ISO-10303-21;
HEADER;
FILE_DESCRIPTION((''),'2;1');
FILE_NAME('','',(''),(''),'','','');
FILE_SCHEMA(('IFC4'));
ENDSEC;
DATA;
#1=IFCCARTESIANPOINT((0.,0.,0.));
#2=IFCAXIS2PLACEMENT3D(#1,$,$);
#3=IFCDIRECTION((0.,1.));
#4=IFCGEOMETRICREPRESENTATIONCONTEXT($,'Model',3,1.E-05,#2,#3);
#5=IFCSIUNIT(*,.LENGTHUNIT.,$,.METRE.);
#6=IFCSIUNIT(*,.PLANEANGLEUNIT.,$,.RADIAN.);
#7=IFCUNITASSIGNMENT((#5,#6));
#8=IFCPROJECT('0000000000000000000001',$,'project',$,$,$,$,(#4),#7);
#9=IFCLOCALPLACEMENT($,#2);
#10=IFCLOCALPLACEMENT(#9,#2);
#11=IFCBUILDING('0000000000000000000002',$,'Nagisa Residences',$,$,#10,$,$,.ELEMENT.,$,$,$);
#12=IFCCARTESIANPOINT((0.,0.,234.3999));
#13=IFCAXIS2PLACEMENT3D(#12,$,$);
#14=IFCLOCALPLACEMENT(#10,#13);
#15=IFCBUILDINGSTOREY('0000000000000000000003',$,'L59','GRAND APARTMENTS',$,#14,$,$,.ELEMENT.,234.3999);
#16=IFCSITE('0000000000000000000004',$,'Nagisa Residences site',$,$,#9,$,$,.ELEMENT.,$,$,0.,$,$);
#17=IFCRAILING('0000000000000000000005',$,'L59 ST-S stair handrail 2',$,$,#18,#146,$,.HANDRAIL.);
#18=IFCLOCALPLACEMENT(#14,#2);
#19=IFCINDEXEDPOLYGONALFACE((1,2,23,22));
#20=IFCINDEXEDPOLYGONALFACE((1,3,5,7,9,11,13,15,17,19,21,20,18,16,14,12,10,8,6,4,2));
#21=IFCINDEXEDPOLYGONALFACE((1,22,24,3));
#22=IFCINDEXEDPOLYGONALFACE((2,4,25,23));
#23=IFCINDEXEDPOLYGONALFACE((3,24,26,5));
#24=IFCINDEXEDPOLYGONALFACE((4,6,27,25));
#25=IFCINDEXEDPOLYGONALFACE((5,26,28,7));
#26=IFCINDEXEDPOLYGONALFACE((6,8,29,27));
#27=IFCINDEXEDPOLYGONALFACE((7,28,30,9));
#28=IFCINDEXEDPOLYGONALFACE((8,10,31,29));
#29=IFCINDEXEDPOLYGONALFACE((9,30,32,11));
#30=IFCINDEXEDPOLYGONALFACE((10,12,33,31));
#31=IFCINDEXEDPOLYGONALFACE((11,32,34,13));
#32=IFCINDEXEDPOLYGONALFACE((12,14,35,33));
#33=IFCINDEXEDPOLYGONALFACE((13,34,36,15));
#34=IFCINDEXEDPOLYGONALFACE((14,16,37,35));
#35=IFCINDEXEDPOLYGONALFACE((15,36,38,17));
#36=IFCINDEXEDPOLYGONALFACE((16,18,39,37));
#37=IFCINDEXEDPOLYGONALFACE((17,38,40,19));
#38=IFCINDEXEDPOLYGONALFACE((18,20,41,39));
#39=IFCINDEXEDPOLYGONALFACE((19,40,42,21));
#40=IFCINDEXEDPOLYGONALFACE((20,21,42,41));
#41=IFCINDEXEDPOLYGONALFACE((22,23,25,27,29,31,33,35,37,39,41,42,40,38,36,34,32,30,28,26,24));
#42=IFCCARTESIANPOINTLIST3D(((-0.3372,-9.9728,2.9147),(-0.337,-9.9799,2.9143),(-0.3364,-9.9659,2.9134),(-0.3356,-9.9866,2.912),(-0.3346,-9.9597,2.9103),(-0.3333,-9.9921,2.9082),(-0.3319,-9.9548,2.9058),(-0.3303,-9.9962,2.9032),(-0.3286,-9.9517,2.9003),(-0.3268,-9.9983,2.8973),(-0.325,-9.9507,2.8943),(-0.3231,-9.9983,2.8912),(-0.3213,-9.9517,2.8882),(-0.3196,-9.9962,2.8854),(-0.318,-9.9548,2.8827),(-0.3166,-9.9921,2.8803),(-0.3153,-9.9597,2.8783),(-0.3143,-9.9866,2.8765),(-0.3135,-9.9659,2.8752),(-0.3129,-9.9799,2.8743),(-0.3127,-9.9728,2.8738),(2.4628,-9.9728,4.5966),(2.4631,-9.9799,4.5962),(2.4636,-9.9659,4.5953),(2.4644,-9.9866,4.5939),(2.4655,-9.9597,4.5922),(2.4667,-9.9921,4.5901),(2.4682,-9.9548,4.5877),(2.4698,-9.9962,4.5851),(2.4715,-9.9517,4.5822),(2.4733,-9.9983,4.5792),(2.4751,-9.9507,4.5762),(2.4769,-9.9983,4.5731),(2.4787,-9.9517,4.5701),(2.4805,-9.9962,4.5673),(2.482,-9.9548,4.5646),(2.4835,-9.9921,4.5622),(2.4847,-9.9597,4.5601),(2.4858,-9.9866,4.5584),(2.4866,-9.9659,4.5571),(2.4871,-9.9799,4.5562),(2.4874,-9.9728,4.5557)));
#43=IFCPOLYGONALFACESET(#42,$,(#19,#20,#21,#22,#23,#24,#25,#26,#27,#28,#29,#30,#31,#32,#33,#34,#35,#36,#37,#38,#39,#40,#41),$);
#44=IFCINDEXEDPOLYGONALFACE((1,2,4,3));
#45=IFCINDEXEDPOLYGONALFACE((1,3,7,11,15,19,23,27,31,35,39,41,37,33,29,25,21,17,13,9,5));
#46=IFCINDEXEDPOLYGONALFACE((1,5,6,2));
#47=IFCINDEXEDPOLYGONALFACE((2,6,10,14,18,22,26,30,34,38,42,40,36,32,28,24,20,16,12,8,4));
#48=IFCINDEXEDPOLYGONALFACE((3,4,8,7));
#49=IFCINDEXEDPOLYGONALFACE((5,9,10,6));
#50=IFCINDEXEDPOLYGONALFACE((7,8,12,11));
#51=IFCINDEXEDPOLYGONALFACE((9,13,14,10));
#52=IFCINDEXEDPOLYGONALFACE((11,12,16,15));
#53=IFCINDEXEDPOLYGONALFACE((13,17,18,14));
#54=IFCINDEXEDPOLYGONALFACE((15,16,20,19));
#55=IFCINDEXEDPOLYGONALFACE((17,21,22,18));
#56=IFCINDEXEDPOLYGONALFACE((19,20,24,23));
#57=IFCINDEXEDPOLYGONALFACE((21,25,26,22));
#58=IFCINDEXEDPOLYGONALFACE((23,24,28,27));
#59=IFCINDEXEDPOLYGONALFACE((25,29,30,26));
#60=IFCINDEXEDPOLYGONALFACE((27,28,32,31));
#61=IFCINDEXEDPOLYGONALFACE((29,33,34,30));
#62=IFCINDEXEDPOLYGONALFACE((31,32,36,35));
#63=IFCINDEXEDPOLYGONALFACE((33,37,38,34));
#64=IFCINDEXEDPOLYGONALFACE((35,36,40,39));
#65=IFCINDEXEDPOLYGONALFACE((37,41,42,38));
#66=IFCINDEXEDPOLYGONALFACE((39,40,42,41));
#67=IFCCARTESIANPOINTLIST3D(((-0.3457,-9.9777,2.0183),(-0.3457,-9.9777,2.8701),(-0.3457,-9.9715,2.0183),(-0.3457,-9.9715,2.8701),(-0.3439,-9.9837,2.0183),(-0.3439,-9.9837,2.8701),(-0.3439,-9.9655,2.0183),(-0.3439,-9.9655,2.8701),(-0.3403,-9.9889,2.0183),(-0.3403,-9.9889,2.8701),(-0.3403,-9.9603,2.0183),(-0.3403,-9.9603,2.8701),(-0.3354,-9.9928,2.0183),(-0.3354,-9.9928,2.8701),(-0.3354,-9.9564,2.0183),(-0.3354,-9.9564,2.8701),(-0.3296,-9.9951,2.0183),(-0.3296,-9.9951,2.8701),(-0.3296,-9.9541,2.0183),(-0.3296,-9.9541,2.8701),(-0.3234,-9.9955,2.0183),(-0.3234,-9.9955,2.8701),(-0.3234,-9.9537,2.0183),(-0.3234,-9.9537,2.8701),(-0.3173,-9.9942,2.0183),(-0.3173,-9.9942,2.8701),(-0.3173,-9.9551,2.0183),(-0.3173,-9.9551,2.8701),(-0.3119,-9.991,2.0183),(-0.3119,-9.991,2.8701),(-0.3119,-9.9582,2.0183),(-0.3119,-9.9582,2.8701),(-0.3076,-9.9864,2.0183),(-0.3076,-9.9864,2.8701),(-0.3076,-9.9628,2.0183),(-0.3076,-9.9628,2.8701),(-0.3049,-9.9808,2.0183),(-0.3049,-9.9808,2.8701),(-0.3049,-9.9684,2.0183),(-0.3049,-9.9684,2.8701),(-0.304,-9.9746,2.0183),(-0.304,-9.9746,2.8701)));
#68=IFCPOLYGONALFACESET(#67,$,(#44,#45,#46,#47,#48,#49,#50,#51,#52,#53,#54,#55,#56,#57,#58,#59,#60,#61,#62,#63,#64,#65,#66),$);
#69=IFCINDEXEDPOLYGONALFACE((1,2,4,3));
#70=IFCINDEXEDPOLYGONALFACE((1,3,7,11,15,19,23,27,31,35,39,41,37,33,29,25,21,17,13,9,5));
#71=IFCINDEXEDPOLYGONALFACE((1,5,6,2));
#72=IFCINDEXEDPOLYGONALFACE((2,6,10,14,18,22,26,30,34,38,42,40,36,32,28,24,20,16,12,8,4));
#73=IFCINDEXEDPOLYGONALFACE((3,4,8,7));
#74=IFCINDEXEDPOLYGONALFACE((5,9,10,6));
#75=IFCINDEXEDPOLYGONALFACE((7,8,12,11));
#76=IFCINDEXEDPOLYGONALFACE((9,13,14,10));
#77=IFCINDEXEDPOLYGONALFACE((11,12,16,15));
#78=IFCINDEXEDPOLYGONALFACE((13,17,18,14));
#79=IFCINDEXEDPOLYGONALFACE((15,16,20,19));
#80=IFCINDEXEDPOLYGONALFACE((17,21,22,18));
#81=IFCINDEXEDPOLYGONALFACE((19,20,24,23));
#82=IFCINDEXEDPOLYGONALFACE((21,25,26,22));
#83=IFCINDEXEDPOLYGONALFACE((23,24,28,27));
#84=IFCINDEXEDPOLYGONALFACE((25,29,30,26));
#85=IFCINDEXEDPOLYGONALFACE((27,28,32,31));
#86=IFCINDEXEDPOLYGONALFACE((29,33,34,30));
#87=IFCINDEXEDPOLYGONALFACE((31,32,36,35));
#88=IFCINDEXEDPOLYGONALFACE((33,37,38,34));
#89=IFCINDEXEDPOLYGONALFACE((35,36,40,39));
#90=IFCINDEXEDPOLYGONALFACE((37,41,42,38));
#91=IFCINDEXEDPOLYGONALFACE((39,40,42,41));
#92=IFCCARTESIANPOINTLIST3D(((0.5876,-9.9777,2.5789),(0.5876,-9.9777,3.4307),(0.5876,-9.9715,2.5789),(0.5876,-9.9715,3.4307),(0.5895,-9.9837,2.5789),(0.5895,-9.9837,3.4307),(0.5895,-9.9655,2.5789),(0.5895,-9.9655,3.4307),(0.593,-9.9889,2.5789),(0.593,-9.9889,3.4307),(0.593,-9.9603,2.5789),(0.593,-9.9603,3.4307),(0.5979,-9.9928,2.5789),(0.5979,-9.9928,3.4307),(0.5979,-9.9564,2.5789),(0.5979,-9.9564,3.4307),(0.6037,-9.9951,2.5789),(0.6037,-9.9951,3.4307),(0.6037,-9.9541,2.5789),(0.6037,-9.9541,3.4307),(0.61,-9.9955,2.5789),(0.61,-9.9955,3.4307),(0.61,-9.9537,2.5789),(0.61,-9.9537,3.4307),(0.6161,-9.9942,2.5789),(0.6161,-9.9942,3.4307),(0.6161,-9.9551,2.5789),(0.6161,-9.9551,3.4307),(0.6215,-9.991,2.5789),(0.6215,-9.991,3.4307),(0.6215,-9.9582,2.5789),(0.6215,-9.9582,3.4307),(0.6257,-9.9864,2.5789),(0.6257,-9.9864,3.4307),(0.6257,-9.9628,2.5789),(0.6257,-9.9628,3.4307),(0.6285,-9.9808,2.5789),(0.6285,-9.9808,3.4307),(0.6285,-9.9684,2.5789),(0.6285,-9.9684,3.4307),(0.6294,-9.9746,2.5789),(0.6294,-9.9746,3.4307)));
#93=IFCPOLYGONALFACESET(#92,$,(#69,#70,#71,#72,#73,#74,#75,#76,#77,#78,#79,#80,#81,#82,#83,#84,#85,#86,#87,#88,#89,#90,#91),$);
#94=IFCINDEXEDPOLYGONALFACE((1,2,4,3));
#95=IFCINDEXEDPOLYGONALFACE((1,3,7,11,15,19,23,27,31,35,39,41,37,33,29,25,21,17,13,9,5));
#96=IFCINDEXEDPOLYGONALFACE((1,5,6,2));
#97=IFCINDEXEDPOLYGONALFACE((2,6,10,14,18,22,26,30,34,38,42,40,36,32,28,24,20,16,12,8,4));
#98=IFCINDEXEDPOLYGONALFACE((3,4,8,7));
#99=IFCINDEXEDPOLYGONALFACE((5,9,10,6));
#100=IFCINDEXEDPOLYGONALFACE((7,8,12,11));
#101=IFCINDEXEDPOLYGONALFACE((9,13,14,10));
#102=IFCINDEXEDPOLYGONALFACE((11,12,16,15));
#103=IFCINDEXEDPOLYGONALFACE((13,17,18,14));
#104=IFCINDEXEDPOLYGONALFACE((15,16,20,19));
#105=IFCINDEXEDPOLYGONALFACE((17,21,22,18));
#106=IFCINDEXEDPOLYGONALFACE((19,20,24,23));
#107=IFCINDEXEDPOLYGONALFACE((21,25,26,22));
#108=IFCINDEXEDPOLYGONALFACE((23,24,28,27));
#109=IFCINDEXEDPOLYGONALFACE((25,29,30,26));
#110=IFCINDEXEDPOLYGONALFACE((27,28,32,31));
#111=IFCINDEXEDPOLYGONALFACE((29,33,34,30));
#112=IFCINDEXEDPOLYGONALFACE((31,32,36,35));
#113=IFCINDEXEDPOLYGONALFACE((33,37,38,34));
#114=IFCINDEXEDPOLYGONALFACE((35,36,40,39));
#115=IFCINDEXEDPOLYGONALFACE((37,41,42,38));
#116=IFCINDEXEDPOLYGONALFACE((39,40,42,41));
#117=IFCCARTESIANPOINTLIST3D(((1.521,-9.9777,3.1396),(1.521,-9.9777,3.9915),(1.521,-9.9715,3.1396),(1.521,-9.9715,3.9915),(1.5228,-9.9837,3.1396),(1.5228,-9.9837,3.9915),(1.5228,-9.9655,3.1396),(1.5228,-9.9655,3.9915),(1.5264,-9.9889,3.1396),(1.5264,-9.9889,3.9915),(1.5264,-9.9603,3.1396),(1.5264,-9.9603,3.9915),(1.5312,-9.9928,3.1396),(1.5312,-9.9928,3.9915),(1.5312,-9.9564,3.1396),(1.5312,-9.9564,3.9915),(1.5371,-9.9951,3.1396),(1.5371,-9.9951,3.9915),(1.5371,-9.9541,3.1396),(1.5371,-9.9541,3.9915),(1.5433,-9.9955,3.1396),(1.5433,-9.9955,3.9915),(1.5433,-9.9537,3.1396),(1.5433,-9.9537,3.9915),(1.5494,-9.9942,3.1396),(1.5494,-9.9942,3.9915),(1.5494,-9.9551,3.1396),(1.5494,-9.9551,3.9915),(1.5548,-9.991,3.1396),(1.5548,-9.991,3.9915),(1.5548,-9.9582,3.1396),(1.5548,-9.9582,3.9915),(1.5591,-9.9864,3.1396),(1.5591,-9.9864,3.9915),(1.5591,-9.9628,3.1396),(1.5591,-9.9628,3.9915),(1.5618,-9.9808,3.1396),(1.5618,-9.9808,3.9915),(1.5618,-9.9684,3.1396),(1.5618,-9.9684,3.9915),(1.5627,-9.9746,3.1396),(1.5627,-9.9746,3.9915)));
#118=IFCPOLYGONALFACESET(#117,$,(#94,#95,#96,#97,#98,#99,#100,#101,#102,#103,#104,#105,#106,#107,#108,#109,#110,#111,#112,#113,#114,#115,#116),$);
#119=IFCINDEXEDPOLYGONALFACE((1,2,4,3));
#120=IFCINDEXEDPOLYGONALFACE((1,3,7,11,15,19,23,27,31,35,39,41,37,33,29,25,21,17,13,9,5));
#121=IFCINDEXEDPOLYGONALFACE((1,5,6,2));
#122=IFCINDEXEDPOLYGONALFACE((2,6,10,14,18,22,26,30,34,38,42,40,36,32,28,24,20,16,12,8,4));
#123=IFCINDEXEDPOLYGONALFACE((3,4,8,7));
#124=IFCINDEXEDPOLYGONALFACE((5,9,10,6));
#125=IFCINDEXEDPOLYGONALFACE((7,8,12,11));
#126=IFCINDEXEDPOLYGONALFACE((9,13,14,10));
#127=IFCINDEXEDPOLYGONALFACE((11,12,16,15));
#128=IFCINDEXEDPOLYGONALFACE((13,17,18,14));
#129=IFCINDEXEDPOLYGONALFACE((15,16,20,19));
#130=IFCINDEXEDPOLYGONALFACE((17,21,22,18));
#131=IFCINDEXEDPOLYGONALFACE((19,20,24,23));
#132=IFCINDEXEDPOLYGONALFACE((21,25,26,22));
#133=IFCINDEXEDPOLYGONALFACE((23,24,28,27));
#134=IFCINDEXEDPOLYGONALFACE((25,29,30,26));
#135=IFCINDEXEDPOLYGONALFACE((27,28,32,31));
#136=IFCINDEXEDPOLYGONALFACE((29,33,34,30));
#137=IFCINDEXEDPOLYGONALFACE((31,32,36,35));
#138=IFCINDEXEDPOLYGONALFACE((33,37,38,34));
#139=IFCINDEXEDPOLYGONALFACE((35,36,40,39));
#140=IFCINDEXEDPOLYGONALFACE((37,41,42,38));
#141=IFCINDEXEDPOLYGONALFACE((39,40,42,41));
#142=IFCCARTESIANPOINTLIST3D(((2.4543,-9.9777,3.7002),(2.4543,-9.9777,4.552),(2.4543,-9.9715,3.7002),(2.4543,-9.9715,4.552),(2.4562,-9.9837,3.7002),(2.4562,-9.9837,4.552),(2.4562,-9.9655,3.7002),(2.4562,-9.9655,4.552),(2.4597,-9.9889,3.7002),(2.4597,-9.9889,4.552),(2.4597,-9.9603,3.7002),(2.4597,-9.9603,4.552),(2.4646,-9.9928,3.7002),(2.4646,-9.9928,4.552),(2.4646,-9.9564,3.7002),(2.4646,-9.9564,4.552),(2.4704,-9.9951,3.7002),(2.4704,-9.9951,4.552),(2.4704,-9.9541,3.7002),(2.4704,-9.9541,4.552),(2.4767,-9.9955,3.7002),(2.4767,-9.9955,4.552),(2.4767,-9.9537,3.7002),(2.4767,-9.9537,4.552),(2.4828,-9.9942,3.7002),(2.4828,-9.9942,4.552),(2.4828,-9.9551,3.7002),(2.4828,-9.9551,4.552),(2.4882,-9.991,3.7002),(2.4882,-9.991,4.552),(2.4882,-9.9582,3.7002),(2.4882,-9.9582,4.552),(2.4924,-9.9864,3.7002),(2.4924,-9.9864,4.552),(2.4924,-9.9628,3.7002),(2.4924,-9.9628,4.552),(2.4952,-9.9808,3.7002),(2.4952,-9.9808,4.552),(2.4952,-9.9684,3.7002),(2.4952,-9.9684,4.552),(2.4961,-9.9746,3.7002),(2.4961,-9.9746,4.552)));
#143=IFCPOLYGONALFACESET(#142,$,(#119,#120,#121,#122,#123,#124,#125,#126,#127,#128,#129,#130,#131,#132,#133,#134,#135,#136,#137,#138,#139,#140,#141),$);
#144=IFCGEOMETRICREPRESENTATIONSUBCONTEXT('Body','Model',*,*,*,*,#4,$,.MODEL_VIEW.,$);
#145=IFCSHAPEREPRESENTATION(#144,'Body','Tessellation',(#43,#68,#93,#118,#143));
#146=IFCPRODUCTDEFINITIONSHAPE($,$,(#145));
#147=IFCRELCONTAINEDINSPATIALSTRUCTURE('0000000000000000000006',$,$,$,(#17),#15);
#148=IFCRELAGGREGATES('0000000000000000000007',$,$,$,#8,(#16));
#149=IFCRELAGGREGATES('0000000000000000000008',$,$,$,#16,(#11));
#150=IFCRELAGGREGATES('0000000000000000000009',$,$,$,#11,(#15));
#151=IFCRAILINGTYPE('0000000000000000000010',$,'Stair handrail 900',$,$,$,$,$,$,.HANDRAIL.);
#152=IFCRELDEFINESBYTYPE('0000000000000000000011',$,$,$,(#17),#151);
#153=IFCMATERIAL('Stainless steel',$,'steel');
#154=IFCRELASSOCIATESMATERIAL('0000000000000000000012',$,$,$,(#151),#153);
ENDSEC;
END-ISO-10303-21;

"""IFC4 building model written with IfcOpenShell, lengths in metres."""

from ifc_helpers import new_model, si_unit, direction, frame, origin, origin_2d, place, context, subcontext, project, spatial, circle, extrude, material, type_object, element, save


model = new_model("IFC4")

# Units and contexts
model_context = context("Model", 3, precision=1e-05, world=origin(), true_north=direction((0.0, 1.0)))
body_context = subcontext(model_context, "Body", "Model", "MODEL_VIEW")
ifc_project = project(units=[si_unit("LENGTHUNIT", "METRE"), si_unit("PLANEANGLEUNIT", "RADIAN")], contexts=[model_context])

# Site, building, storey
site_placement = place(None, origin())
site = spatial("IfcSite", under=ifc_project, at=site_placement, Name="Nagisa Residences site", CompositionType="ELEMENT", RefElevation=0.0)
building_placement = place(site_placement, origin())
building = spatial("IfcBuilding", under=site, at=building_placement, Name="Nagisa Residences", CompositionType="ELEMENT")
storey_placement = place(building_placement, frame((0.0, 0.0, 234.3999)))
storey = spatial("IfcBuildingStorey", under=building, at=storey_placement, Name="L59", Description="GRAND APARTMENTS", CompositionType="ELEMENT", Elevation=234.3999)

# Railing
ifc_material_1 = material(Name="Stainless steel", Category="steel")
railing_type = type_object("IfcRailingType", Name="Stair handrail 900", PredefinedType="HANDRAIL", material=ifc_material_1)
railing_placement = place(storey_placement, frame((-0.325, -9.9746, 2.0183)))
element("IfcRailing", 1, at=railing_placement, inside=storey, type_object=railing_type, Name="L59 ST-S stair handrail 2", PredefinedType="HANDRAIL", context=body_context, shape_type="SweptSolid", body=[
    extrude(circle(Radius=0.0239, at=origin_2d()), frame((0.0, 0.0, 0.876), z_axis=(0.857242, 0.0, 0.514913), x_axis=(0.0, 1.0, 0.0)), (0.0, 0.0, 1.0), 3.2664),
    extrude(circle(Radius=0.021, at=origin_2d()), origin(), (0.0, 0.0, 1.0), 0.8518),
    extrude(circle(Radius=0.021, at=origin_2d()), frame((0.9333, 0.0, 0.5605)), (0.0, 0.0, 1.0), 0.8518),
    extrude(circle(Radius=0.021, at=origin_2d()), frame((1.8667, 0.0, 1.1213)), (0.0, 0.0, 1.0), 0.8518),
    extrude(circle(Radius=0.021, at=origin_2d()), frame((2.8, 0.0, 1.6819)), (0.0, 0.0, 1.0), 0.8518),
])

save(model, "model.ifc")
